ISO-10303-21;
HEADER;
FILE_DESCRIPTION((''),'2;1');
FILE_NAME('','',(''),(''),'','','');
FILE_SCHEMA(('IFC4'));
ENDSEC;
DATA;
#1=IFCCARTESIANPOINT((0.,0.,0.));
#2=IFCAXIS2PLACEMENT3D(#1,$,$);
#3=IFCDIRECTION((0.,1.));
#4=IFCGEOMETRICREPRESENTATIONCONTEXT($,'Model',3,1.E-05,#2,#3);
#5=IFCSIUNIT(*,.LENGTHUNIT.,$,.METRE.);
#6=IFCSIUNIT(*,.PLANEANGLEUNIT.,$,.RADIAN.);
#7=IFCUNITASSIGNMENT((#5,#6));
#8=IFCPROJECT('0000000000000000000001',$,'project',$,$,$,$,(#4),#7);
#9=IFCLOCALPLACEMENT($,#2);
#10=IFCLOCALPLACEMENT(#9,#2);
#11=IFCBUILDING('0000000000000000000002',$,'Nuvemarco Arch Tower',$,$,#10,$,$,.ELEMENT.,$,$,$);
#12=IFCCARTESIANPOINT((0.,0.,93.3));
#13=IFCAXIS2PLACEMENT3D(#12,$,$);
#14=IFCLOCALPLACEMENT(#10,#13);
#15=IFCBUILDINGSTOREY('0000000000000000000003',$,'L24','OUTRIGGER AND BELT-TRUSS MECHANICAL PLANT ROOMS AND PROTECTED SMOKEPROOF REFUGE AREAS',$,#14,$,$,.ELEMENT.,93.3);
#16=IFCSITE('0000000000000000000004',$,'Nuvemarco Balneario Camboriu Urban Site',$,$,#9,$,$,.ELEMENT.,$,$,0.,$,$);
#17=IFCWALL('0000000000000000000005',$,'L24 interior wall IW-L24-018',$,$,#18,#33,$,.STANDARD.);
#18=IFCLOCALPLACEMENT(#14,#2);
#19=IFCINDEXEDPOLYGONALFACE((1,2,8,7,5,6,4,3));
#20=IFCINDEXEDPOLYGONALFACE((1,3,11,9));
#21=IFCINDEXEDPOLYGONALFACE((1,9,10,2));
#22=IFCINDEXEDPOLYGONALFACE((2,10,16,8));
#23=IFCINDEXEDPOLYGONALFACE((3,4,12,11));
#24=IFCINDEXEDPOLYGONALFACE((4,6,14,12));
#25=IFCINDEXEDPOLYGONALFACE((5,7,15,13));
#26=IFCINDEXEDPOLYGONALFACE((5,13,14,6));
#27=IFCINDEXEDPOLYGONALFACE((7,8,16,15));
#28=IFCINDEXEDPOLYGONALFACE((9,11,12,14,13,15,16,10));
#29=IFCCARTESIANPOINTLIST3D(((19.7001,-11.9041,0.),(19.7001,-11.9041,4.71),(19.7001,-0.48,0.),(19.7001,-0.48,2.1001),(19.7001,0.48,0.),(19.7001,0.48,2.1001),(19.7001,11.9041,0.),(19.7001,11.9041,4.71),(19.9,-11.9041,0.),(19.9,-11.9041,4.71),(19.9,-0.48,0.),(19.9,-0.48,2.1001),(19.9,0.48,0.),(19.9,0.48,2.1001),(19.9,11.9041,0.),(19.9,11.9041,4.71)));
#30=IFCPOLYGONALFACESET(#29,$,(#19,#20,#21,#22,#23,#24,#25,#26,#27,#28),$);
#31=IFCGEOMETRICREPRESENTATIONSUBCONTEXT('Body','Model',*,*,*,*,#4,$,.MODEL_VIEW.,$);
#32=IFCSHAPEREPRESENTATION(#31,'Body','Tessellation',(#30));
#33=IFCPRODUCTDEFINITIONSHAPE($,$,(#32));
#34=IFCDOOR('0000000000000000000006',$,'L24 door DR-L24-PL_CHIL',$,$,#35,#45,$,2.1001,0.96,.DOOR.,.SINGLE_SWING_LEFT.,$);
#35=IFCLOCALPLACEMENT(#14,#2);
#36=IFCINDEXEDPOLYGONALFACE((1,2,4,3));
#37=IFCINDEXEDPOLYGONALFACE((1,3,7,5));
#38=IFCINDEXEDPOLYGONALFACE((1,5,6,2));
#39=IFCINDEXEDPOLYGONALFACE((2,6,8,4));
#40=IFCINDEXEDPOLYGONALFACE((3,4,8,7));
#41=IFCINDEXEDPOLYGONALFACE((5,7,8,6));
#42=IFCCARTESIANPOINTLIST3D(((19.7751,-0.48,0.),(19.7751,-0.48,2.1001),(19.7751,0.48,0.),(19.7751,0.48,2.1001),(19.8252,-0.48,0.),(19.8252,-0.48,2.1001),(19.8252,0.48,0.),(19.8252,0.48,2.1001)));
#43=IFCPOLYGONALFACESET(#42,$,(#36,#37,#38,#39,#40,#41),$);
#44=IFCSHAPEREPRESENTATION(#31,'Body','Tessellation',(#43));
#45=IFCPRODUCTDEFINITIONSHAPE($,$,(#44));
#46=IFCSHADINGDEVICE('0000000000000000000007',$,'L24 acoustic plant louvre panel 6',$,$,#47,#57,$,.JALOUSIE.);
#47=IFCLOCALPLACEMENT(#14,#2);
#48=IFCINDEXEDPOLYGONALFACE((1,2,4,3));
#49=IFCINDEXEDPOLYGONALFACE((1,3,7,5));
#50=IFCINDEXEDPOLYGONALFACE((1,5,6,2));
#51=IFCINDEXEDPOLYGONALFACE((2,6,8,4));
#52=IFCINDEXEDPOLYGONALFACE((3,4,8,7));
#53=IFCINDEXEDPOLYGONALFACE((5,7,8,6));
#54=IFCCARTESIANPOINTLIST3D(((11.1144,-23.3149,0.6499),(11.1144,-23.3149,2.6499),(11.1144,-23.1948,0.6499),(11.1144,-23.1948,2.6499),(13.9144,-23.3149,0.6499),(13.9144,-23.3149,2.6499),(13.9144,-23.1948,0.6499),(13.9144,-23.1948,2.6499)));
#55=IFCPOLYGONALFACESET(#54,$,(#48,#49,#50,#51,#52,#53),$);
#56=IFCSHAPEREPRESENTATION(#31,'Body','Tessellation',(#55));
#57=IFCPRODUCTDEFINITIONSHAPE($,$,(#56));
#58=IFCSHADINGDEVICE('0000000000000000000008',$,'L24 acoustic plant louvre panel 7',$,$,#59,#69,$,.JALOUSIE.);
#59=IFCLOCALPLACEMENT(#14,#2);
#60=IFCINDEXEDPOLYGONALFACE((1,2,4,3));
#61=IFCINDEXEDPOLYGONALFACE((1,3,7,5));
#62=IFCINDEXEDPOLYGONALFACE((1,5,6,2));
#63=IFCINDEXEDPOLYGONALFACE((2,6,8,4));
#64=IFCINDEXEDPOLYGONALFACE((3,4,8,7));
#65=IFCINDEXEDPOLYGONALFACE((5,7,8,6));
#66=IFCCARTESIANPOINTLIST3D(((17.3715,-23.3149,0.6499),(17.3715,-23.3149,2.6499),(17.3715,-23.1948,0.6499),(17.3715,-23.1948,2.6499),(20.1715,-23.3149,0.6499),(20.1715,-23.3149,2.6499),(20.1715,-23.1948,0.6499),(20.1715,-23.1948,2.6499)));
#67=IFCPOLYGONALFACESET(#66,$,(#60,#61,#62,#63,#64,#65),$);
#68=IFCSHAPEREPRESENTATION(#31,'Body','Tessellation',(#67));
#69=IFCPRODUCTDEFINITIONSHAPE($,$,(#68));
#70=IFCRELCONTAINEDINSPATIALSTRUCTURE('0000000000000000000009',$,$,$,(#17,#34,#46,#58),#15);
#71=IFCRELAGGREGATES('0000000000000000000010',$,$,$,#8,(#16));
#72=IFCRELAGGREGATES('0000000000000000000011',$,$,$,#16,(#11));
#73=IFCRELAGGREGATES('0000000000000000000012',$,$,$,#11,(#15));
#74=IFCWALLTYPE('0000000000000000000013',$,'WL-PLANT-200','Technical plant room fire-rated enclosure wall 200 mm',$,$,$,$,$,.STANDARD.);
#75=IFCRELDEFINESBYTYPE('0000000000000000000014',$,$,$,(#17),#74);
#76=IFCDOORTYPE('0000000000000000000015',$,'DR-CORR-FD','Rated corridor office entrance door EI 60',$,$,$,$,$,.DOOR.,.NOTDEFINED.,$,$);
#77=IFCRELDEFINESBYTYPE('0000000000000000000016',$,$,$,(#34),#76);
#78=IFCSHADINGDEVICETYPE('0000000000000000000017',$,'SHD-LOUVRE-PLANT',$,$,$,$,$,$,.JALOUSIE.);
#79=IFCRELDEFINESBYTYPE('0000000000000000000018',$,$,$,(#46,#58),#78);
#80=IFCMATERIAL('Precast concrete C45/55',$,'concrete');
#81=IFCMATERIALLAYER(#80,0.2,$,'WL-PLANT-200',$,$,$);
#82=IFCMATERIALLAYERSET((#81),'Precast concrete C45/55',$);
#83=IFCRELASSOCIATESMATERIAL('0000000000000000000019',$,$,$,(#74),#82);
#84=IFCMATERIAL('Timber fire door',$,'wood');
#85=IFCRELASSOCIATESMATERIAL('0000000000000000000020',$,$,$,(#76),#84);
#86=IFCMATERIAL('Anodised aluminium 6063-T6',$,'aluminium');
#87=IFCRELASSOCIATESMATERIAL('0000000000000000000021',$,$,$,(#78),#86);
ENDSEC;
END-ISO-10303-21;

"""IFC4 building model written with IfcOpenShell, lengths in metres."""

from ifc_helpers import new_model, si_unit, direction, frame, frame_2d, origin, origin_2d, place, context, subcontext, project, spatial, rectangle, extrude, source, transform, mapped, material, layer, layer_set, type_object, type_shapes, element, fill, save


model = new_model("IFC4")

# Units and contexts
model_context = context("Model", 3, precision=1e-05, world=origin(), true_north=direction((0.0, 1.0)))
body_context = subcontext(model_context, "Body", "Model", "MODEL_VIEW")
ifc_project = project(units=[si_unit("LENGTHUNIT", "METRE"), si_unit("PLANEANGLEUNIT", "RADIAN")], contexts=[model_context])

# Site, building, storey
site_placement = place(None, origin())
site = spatial("IfcSite", under=ifc_project, at=site_placement, Name="Nuvemarco Balneario Camboriu Urban Site", CompositionType="ELEMENT", RefElevation=0.0)
building_placement = place(site_placement, origin())
building = spatial("IfcBuilding", under=site, at=building_placement, Name="Nuvemarco Arch Tower", CompositionType="ELEMENT")
storey_placement = place(building_placement, frame((0.0, 0.0, 93.3)))
storey = spatial("IfcBuildingStorey", under=building, at=storey_placement, Name="L24", Description="OUTRIGGER AND BELT-TRUSS MECHANICAL PLANT ROOMS AND PROTECTED SMOKEPROOF REFUGE AREAS", CompositionType="ELEMENT", Elevation=93.3)

# Shared definitions
ifc_material_1 = material(Name="Precast concrete C45/55", Category="concrete")

# Wall, opening, door
ifc_layer_1 = layer(ifc_material_1, 0.2, Name="WL-PLANT-200")
ifc_layer_set_1 = layer_set([ifc_layer_1], Name="Precast concrete C45/55")
wall_type_1 = type_object("IfcWallType", Name="WL-PLANT-200", Description="Technical plant room fire-rated enclosure wall 200 mm", PredefinedType="STANDARD", material=ifc_layer_set_1)
wall_1_placement = place(storey_placement, frame((19.8, -11.9041, 0.0), z_axis=(0.0, 0.0, 1.0), x_axis=(0.0, 1.0, 0.0)))
wall_1 = element("IfcWall", 1, at=wall_1_placement, inside=storey, type_object=wall_type_1, Name="L24 interior wall IW-L24-018", PredefinedType="STANDARD", context=body_context, shape_type="SweptSolid", body=[
    extrude(rectangle(XDim=23.8081, YDim=0.2, at=frame_2d((11.9041, 0.0))), origin(), (0.0, 0.0, 1.0), 4.71),
])
opening_placement = place(wall_1_placement, frame((11.4241, 0.0, 0.0)))
opening = element("IfcOpeningElement", 2, at=opening_placement, cuts=wall_1, PredefinedType="OPENING", context=body_context, shape_type="SweptSolid", body=[
    extrude(rectangle(XDim=0.96, YDim=2.1001, at=frame_2d((0.48, 1.05))), frame((0.0, 0.1099, 0.0), z_axis=(0.0, -1.0, 0.0), x_axis=(1.0, 0.0, 0.0)), (0.0, 0.0, 1.0), 0.22),
])
ifc_material_2 = material(Name="Timber fire door", Category="wood")
door_type = type_object("IfcDoorType", Name="DR-CORR-FD", Description="Rated corridor office entrance door EI 60", OperationType="NOTDEFINED", PredefinedType="DOOR", material=ifc_material_2)
shared_shape_1 = source(origin(), body_context, "Body", "SweptSolid", [
    extrude(rectangle(XDim=0.96, YDim=2.1001, at=frame_2d((0.48, 1.05))), frame((0.0, 0.0249, 0.0), z_axis=(0.0, -1.0, 0.0), x_axis=(1.0, 0.0, 0.0)), (0.0, 0.0, 1.0), 0.05),
])
type_shapes(door_type, [shared_shape_1])
door_placement = place(opening_placement, origin())
door = element("IfcDoor", 3, at=door_placement, inside=storey, type_object=door_type, Name="L24 door DR-L24-PL_CHIL", OperationType="SINGLE_SWING_LEFT", OverallHeight=2.1001, OverallWidth=0.96, PredefinedType="DOOR", context=body_context, shape_type="MappedRepresentation", body=[
    mapped(shared_shape_1, transform((0.0, 0.0, 0.0), scale=1.0)),
])
fill(opening, door)

# Shading devices
ifc_material_3 = material(Name="Anodised aluminium 6063-T6", Category="aluminium")
shading_device_type = type_object("IfcShadingDeviceType", Name="SHD-LOUVRE-PLANT", PredefinedType="JALOUSIE", material=ifc_material_3)
shared_shape_2 = source(origin(), body_context, "Body", "SweptSolid", [
    extrude(rectangle(XDim=2.8, YDim=0.1201, at=origin_2d()), origin(), (0.0, 0.0, 1.0), 2.0),
])
type_shapes(shading_device_type, [shared_shape_2])
for number, where, z_axis, x_axis, name in (
    (4, (12.5144, -23.2549, 0.6499), (0.0, 0.0, 1.0), (1.0, 0.0, 0.0), "L24 acoustic plant louvre panel 6"),
    (5, (18.7715, -23.2549, 0.6499), (0.0, 0.0, 1.0), (1.0, 0.0, 0.0), "L24 acoustic plant louvre panel 7"),
):
    element("IfcShadingDevice", number, at=place(storey_placement, frame(where, z_axis=z_axis, x_axis=x_axis)), inside=storey, type_object=shading_device_type, Name=name, PredefinedType="JALOUSIE", context=body_context, shape_type="MappedRepresentation", body=[
        mapped(shared_shape_2, transform((0.0, 0.0, 0.0), scale=1.0)),
    ])

save(model, "model.ifc")
